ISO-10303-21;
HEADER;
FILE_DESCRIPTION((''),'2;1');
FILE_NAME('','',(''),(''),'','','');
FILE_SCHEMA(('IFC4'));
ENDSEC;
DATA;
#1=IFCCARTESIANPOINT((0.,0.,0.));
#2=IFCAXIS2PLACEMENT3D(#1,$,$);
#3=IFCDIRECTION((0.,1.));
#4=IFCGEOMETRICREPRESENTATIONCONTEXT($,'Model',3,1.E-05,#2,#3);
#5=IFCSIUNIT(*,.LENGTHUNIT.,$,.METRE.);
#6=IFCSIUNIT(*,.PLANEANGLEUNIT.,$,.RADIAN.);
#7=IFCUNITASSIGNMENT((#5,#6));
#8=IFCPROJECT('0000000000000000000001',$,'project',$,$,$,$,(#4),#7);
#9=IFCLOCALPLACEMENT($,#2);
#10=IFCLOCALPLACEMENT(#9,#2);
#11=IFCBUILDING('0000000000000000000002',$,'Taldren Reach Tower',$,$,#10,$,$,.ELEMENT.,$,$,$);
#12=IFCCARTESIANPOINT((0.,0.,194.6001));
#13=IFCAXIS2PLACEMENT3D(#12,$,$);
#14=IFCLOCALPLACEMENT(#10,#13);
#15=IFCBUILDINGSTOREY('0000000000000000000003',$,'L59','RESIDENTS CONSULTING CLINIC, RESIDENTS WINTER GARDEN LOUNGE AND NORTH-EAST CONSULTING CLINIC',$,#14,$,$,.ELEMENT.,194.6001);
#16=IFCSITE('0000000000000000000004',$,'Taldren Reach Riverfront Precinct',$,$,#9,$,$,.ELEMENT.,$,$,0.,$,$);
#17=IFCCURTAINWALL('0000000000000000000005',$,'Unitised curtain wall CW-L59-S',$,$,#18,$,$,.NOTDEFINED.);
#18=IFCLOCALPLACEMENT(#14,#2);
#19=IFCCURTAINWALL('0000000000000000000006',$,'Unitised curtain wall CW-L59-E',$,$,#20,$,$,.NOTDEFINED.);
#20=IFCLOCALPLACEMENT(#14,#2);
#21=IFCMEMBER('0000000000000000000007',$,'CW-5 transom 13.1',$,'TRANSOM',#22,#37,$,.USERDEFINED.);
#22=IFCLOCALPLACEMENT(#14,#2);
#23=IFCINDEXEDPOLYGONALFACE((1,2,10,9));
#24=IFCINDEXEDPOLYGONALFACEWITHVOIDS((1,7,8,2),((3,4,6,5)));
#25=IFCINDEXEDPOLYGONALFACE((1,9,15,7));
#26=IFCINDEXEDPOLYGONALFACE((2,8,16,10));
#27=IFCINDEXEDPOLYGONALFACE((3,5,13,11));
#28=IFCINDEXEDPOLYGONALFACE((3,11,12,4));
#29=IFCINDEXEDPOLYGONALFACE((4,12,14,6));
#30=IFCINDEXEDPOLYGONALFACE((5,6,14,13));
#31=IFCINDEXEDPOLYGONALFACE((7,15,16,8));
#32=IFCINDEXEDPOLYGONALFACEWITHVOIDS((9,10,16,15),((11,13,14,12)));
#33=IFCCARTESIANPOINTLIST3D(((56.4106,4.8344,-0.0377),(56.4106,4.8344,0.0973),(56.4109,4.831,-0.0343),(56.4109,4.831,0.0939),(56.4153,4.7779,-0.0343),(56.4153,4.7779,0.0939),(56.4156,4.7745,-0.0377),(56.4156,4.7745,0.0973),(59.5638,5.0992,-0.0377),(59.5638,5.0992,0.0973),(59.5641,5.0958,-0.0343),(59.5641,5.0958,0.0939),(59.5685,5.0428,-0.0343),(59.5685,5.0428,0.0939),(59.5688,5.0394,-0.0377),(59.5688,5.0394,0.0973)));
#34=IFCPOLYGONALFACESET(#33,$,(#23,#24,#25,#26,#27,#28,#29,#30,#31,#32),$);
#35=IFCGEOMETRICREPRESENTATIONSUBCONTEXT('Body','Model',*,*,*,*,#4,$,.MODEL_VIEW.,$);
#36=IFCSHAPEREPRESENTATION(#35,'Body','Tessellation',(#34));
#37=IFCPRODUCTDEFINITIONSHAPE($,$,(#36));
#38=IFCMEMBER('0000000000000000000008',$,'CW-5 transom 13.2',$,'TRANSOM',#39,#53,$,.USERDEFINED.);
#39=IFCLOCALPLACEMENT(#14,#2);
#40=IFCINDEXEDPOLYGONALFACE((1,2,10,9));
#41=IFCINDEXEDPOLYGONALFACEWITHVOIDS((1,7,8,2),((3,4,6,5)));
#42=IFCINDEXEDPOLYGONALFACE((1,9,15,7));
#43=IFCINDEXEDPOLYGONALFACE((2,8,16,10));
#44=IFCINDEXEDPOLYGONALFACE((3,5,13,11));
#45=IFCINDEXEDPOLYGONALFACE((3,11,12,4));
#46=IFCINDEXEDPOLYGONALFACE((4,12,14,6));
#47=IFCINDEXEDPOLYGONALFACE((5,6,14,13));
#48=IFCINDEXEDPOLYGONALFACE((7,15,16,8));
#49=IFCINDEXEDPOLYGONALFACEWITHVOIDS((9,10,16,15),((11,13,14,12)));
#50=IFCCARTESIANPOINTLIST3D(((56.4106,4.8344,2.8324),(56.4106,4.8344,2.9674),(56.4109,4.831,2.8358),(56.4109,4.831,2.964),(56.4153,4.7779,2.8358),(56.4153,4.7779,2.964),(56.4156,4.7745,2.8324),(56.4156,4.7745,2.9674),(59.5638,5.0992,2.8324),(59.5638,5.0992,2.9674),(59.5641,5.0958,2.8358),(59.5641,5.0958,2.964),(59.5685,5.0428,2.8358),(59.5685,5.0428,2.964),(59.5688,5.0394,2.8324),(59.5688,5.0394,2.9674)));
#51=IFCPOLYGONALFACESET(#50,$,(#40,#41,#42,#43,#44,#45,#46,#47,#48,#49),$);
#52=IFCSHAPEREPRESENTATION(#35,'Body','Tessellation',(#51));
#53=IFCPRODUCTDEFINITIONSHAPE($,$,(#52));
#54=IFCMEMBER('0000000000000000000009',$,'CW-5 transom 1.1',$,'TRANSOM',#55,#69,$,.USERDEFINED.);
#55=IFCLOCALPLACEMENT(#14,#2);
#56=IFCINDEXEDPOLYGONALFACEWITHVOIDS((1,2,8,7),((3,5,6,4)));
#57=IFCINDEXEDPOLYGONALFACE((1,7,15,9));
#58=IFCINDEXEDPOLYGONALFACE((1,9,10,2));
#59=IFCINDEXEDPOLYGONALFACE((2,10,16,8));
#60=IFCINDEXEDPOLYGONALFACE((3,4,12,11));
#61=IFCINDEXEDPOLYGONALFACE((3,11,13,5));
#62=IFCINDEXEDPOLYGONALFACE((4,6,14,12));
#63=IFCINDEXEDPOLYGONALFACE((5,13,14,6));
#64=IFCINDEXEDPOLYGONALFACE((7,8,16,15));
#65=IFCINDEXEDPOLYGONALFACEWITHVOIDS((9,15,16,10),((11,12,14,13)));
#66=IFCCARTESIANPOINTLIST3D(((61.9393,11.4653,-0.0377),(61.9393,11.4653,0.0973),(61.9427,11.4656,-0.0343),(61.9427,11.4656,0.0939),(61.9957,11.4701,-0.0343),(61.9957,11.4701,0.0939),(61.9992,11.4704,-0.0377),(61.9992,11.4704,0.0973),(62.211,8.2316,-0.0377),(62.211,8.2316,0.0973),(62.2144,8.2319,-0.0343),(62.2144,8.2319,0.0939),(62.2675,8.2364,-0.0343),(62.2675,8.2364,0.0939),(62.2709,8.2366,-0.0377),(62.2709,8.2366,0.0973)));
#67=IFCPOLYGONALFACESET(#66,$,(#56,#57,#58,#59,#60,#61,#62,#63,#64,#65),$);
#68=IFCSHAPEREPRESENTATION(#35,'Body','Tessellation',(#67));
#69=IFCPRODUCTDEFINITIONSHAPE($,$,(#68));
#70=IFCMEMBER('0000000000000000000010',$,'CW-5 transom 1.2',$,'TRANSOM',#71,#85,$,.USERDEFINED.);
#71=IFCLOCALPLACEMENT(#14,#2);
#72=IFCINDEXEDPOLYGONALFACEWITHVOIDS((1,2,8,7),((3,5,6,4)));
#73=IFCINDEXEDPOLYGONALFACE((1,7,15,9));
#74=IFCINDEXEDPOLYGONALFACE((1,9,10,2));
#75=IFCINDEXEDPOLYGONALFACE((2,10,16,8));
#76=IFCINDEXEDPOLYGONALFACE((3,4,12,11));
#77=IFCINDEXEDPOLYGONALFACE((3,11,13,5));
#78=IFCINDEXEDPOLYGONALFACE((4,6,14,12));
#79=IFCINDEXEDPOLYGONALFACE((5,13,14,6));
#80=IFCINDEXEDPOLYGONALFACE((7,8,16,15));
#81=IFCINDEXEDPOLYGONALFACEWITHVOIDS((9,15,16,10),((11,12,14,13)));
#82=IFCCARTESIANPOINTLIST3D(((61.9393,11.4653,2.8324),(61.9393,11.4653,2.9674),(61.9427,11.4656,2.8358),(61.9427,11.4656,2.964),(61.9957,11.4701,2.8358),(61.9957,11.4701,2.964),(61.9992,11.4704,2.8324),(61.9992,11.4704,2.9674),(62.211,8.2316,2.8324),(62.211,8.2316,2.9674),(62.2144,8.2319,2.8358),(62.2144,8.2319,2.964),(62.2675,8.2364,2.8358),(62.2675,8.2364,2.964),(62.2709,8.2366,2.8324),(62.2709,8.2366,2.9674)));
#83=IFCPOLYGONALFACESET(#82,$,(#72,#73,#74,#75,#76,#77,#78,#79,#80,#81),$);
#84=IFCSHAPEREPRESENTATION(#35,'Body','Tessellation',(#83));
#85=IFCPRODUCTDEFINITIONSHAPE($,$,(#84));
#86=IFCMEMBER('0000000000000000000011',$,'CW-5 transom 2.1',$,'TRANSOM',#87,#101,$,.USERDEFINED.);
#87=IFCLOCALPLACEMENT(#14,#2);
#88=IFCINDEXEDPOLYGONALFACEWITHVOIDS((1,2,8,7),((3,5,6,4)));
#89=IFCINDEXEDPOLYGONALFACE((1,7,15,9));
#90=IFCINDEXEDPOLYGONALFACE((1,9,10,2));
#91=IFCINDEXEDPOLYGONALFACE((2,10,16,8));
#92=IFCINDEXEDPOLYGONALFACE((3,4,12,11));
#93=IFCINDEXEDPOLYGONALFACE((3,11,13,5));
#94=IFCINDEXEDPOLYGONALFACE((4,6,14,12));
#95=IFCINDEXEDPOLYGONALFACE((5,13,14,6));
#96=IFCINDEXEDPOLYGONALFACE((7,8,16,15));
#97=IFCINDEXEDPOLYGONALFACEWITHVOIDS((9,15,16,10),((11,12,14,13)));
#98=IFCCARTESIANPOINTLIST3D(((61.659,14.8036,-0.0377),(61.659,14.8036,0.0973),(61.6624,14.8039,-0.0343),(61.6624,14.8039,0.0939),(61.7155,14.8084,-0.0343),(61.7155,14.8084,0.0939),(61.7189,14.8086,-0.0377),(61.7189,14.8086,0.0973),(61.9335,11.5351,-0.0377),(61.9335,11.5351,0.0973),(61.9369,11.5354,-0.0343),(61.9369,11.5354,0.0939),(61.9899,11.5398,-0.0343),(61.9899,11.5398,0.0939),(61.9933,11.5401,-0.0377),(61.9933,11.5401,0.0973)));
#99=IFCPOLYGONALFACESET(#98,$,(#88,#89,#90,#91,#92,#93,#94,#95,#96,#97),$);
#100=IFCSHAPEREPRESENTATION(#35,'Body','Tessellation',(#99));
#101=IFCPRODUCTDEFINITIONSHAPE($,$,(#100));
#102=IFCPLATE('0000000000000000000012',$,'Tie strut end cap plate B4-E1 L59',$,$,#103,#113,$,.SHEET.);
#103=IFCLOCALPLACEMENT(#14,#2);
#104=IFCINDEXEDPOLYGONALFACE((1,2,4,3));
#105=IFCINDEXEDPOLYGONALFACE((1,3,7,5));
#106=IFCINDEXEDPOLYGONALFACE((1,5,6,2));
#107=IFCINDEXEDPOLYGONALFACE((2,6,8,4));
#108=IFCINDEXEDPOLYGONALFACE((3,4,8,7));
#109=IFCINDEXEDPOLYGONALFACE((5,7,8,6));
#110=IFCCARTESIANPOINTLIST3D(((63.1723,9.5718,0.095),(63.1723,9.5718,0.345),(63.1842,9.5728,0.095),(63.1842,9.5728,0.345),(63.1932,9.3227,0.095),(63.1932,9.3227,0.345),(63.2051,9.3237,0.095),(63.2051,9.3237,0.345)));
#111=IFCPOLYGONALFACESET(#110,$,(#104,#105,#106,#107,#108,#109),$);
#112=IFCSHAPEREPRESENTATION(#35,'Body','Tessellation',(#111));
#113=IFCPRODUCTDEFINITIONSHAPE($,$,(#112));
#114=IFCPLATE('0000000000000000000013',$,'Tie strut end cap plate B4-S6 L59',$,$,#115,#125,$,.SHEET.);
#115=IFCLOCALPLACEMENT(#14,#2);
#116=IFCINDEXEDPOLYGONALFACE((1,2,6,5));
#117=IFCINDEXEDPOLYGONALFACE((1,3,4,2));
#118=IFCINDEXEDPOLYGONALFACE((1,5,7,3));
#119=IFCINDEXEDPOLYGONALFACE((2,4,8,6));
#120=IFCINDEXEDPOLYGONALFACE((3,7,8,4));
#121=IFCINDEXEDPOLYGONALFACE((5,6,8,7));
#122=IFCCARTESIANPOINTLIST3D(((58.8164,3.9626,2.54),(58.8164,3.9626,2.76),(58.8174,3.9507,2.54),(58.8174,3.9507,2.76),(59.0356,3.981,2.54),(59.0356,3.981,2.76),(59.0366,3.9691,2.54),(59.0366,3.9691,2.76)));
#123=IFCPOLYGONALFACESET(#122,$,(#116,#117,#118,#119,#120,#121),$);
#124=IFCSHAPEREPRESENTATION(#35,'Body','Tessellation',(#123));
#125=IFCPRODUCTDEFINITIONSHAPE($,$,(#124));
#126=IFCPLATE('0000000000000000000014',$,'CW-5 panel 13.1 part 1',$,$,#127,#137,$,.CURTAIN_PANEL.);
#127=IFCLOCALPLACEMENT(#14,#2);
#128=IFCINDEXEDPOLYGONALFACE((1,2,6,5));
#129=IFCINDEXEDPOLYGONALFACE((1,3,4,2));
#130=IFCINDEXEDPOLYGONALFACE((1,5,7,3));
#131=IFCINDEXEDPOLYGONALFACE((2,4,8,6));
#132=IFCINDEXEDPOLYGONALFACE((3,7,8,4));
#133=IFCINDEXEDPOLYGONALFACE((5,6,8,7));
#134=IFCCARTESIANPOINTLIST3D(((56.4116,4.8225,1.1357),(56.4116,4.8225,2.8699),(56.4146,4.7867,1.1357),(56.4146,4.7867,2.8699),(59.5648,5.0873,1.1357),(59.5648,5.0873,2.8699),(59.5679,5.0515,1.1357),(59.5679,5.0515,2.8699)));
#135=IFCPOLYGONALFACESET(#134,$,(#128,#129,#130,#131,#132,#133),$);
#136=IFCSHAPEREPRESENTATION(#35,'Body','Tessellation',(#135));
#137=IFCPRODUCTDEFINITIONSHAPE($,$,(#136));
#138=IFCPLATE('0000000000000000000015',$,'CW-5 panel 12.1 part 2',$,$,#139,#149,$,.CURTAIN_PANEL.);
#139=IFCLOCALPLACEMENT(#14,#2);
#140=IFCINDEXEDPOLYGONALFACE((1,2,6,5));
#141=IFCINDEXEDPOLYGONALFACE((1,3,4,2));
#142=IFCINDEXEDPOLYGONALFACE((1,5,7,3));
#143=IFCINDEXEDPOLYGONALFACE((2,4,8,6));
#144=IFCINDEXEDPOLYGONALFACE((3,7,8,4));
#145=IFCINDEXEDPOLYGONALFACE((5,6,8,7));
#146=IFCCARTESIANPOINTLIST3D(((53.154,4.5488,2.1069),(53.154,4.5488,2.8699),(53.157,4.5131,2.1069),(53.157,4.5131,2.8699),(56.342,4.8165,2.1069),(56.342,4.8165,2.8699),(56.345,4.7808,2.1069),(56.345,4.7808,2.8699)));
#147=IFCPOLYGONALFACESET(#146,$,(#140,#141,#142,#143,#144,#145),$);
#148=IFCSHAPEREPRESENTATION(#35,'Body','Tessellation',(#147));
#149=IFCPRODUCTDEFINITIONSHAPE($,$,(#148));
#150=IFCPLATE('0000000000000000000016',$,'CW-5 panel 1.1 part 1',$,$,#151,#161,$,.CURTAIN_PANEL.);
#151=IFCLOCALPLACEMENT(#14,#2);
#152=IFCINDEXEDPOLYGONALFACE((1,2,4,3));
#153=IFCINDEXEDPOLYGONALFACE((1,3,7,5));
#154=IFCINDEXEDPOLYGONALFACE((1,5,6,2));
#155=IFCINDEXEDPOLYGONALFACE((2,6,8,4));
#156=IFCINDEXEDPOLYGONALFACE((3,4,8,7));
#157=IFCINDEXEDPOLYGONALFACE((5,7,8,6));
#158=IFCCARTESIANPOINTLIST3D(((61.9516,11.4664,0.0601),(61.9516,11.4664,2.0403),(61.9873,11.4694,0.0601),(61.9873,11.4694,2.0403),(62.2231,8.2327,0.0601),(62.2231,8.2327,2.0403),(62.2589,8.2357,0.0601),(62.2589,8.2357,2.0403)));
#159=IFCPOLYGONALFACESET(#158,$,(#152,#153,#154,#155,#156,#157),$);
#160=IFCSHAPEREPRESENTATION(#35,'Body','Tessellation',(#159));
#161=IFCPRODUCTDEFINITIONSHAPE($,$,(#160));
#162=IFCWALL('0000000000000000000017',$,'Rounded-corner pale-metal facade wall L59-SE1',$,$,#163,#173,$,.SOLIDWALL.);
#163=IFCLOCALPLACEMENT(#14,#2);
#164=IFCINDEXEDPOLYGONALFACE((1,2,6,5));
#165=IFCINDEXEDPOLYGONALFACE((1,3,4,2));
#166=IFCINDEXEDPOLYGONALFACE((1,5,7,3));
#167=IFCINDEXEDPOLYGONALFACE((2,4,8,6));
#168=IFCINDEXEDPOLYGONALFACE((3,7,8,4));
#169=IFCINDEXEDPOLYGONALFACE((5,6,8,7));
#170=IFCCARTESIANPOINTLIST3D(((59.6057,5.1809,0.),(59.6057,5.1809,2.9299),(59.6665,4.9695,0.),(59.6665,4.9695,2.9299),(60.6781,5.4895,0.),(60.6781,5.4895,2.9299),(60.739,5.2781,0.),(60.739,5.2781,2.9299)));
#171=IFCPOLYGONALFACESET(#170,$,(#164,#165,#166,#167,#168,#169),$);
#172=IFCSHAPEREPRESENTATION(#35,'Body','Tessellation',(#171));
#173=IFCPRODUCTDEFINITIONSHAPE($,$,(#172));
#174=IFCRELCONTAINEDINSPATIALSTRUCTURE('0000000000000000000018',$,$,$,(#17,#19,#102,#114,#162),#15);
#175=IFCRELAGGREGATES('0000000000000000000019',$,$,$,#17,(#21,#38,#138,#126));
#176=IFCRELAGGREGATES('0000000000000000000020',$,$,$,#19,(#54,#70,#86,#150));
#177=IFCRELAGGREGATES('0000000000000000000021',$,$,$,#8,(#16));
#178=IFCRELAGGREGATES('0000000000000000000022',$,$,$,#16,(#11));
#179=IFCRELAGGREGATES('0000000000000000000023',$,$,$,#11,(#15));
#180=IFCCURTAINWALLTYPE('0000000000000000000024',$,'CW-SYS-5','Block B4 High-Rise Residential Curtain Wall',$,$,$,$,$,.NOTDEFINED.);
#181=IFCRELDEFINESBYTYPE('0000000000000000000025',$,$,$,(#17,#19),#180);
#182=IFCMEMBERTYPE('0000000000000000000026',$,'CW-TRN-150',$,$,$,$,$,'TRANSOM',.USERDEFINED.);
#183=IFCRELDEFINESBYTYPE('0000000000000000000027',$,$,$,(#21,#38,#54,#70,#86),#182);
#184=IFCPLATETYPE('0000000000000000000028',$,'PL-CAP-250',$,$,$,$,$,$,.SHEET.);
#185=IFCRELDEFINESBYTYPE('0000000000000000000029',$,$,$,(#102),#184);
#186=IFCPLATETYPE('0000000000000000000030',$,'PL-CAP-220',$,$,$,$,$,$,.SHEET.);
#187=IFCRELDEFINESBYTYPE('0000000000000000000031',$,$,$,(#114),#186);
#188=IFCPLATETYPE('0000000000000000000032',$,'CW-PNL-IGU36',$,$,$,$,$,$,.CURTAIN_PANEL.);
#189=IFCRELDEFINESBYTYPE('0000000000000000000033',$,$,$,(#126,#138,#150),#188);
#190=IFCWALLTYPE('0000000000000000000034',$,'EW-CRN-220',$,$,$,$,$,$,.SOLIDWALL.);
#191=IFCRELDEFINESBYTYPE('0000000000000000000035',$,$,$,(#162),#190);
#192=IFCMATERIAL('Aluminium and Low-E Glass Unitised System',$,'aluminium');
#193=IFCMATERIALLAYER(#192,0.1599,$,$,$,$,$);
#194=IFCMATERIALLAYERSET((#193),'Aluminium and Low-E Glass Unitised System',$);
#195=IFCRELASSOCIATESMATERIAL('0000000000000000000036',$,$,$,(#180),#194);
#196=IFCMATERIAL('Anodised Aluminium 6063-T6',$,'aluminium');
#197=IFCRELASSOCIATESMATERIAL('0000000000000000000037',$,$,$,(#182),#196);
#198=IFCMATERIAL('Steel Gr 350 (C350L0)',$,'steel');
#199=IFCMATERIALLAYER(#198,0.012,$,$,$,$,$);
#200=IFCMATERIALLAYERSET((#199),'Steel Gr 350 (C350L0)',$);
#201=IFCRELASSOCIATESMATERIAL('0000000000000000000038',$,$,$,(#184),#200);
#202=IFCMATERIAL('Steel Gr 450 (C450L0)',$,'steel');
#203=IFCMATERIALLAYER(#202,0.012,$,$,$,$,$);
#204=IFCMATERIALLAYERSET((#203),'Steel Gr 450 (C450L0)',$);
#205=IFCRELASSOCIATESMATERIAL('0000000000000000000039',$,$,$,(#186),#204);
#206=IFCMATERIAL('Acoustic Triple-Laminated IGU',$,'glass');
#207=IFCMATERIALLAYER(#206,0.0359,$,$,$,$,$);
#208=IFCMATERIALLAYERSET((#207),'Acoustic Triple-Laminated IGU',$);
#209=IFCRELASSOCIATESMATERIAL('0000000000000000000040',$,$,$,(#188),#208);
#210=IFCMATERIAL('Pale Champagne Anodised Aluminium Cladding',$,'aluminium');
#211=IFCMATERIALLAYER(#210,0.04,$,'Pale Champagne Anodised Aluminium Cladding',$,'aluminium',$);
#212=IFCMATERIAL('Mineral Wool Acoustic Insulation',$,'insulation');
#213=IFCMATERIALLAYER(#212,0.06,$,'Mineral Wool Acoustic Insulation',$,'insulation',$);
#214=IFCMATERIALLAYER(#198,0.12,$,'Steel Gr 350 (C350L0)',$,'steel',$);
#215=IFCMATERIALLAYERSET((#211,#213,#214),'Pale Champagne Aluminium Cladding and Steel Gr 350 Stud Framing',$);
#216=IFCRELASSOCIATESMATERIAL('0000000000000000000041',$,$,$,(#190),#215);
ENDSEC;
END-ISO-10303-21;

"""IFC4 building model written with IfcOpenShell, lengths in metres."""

from ifc_helpers import new_model, si_unit, direction, frame, frame_2d, origin, origin_2d, place, context, subcontext, project, spatial, rectangle, hollow_rectangle, extrude, source, transform, mapped, material, layer, layer_set, material_profile, profile_set, type_object, element, aggregate, save


model = new_model("IFC4")

# Units and contexts
model_context = context("Model", 3, precision=1e-05, world=origin(), true_north=direction((0.0, 1.0)))
body_context = subcontext(model_context, "Body", "Model", "MODEL_VIEW")
ifc_project = project(units=[si_unit("LENGTHUNIT", "METRE"), si_unit("PLANEANGLEUNIT", "RADIAN")], contexts=[model_context])

# Site, building, storey
site_placement = place(None, origin())
site = spatial("IfcSite", under=ifc_project, at=site_placement, Name="Taldren Reach Riverfront Precinct", CompositionType="ELEMENT", RefElevation=0.0)
building_placement = place(site_placement, origin())
building = spatial("IfcBuilding", under=site, at=building_placement, Name="Taldren Reach Tower", CompositionType="ELEMENT")
storey_placement = place(building_placement, frame((0.0, 0.0, 194.6001)))
storey = spatial("IfcBuildingStorey", under=building, at=storey_placement, Name="L59", Description="RESIDENTS CONSULTING CLINIC, RESIDENTS WINTER GARDEN LOUNGE AND NORTH-EAST CONSULTING CLINIC", CompositionType="ELEMENT", Elevation=194.6001)

# Shared definitions
ifc_material_1 = material(Name="Steel Gr 350 (C350L0)", Category="steel")

# Shared definitions
ifc_material_2 = material(Name="Steel Gr 450 (C450L0)", Category="steel")

# Curtain walls
ifc_material_3 = material(Name="Aluminium and Low-E Glass Unitised System", Category="aluminium")
ifc_layer_1 = layer(ifc_material_3, 0.1599)
ifc_layer_set_1 = layer_set([ifc_layer_1], Name="Aluminium and Low-E Glass Unitised System")
curtain_wall_type = type_object("IfcCurtainWallType", Name="CW-SYS-5", Description="Block B4 High-Rise Residential Curtain Wall", PredefinedType="NOTDEFINED", material=ifc_layer_set_1)
curtain_wall_1_placement = place(storey_placement, origin())
curtain_wall_1 = element("IfcCurtainWall", 1, at=curtain_wall_1_placement, inside=storey, type_object=curtain_wall_type, Name="Unitised curtain wall CW-L59-S", PredefinedType="NOTDEFINED")
ifc_material_4 = material(Name="Anodised Aluminium 6063-T6", Category="aluminium")
curtain_wall_2_placement = place(storey_placement, origin())
curtain_wall_2 = element("IfcCurtainWall", 2, at=curtain_wall_2_placement, inside=storey, type_object=curtain_wall_type, Name="Unitised curtain wall CW-L59-E", PredefinedType="NOTDEFINED")

# Members
ifc_material_profile_1 = material_profile(ifc_material_4, hollow_rectangle(XDim=0.0601, YDim=0.135, WallThickness=0.0034, at=origin_2d()), Name="ALU-135x60x3.5RHS")
ifc_profile_set_1 = profile_set([ifc_material_profile_1], Name="Anodised Aluminium 6063-T6")
member_type_1 = type_object("IfcMemberType", Name="CW-TRN-150", ElementType="TRANSOM", PredefinedType="USERDEFINED", material=ifc_profile_set_1)
shared_shape_1 = source(origin(), body_context, "Body", "SweptSolid", [
    extrude(hollow_rectangle(XDim=0.0601, YDim=0.135, WallThickness=0.0034, at=origin_2d()), origin(), (0.0, 0.0, 1.0), 3.1643),
])
member_1_placement = place(storey_placement, frame((56.4131, 4.8044, 0.0298), z_axis=(0.99649, 0.083709, 0.0), x_axis=(-0.083709, 0.99649, 0.0)))
member_1 = element("IfcMember", 3, at=member_1_placement, type_object=member_type_1, Name="CW-5 transom 13.1", ObjectType="TRANSOM", PredefinedType="USERDEFINED", context=body_context, shape_type="MappedRepresentation", body=[
    mapped(shared_shape_1, transform((0.0, 0.0, 0.0), scale=1.0)),
])
member_2_placement = place(storey_placement, frame((56.4131, 4.8044, 2.8999), z_axis=(0.99649, 0.083709, 0.0), x_axis=(-0.083709, 0.99649, 0.0)))
member_2 = element("IfcMember", 4, at=member_2_placement, type_object=member_type_1, Name="CW-5 transom 13.2", ObjectType="TRANSOM", PredefinedType="USERDEFINED", context=body_context, shape_type="MappedRepresentation", body=[
    mapped(shared_shape_1, transform((0.0, 0.0, 0.0), scale=1.0)),
])
shared_shape_2 = source(origin(), body_context, "Body", "SweptSolid", [
    extrude(hollow_rectangle(XDim=0.0601, YDim=0.135, WallThickness=0.0034, at=origin_2d()), origin(), (0.0, 0.0, 1.0), 3.2451),
])
member_3_placement = place(storey_placement, frame((62.241, 8.2341, 0.0298), z_axis=(-0.083737, 0.996488, 0.0), x_axis=(-0.996488, -0.083737, 0.0)))
member_3 = element("IfcMember", 5, at=member_3_placement, type_object=member_type_1, Name="CW-5 transom 1.1", ObjectType="TRANSOM", PredefinedType="USERDEFINED", context=body_context, shape_type="MappedRepresentation", body=[
    mapped(shared_shape_2, transform((0.0, 0.0, 0.0), scale=1.0)),
])
member_4_placement = place(storey_placement, frame((62.241, 8.2341, 2.8999), z_axis=(-0.083737, 0.996488, 0.0), x_axis=(-0.996488, -0.083737, 0.0)))
member_4 = element("IfcMember", 6, at=member_4_placement, type_object=member_type_1, Name="CW-5 transom 1.2", ObjectType="TRANSOM", PredefinedType="USERDEFINED", context=body_context, shape_type="MappedRepresentation", body=[
    mapped(shared_shape_2, transform((0.0, 0.0, 0.0), scale=1.0)),
])
shared_shape_3 = source(origin(), body_context, "Body", "SweptSolid", [
    extrude(hollow_rectangle(XDim=0.0601, YDim=0.135, WallThickness=0.0034, at=origin_2d()), origin(), (0.0, 0.0, 1.0), 3.28),
])
member_5_placement = place(storey_placement, frame((61.9634, 11.5376, 0.0298), z_axis=(-0.083661, 0.996494, 0.0), x_axis=(-0.996494, -0.083661, 0.0)))
member_5 = element("IfcMember", 7, at=member_5_placement, type_object=member_type_1, Name="CW-5 transom 2.1", ObjectType="TRANSOM", PredefinedType="USERDEFINED", context=body_context, shape_type="MappedRepresentation", body=[
    mapped(shared_shape_3, transform((0.0, 0.0, 0.0), scale=1.0)),
])

# Plates
ifc_layer_2 = layer(ifc_material_1, 0.012)
ifc_layer_set_2 = layer_set([ifc_layer_2], Name="Steel Gr 350 (C350L0)")
plate_type_1 = type_object("IfcPlateType", Name="PL-CAP-250", PredefinedType="SHEET", material=ifc_layer_set_2)
shared_shape_4 = source(origin(), body_context, "Body", "SweptSolid", [
    extrude(rectangle(XDim=0.012, YDim=0.25, at=origin_2d()), origin(), (0.0, 0.0, 1.0), 0.25),
])
plate_1_placement = place(storey_placement, frame((63.1887, 9.4478, 0.095), z_axis=(0.0, 0.0, 1.0), x_axis=(0.996493, 0.083678, 0.0)))
element("IfcPlate", 8, at=plate_1_placement, inside=storey, type_object=plate_type_1, Name="Tie strut end cap plate B4-E1 L59", PredefinedType="SHEET", context=body_context, shape_type="MappedRepresentation", body=[
    mapped(shared_shape_4, transform((0.0, 0.0, 0.0), scale=1.0)),
])
ifc_layer_3 = layer(ifc_material_2, 0.012)
ifc_layer_set_3 = layer_set([ifc_layer_3], Name="Steel Gr 450 (C450L0)")
plate_type_2 = type_object("IfcPlateType", Name="PL-CAP-220", PredefinedType="SHEET", material=ifc_layer_set_3)
shared_shape_5 = source(origin(), body_context, "Body", "SweptSolid", [
    extrude(rectangle(XDim=0.22, YDim=0.012, at=origin_2d()), origin(), (0.0, 0.0, 1.0), 0.22),
])
plate_2_placement = place(storey_placement, frame((58.9265, 3.9658, 2.54), z_axis=(0.0, 0.0, 1.0), x_axis=(0.996493, 0.083678, 0.0)))
element("IfcPlate", 9, at=plate_2_placement, inside=storey, type_object=plate_type_2, Name="Tie strut end cap plate B4-S6 L59", PredefinedType="SHEET", context=body_context, shape_type="MappedRepresentation", body=[
    mapped(shared_shape_5, transform((0.0, 0.0, 0.0), scale=1.0)),
])

# Plates
ifc_material_5 = material(Name="Acoustic Triple-Laminated IGU", Category="glass")
ifc_layer_4 = layer(ifc_material_5, 0.0359)
ifc_layer_set_4 = layer_set([ifc_layer_4], Name="Acoustic Triple-Laminated IGU")
plate_type_3 = type_object("IfcPlateType", Name="CW-PNL-IGU36", PredefinedType="CURTAIN_PANEL", material=ifc_layer_set_4)
shared_shape_6 = source(origin(), body_context, "Body", "SweptSolid", [
    extrude(rectangle(XDim=3.1643, YDim=0.0359, at=origin_2d()), origin(), (0.0, 0.0, 1.0), 1.7341),
])
plate_3_placement = place(storey_placement, frame((57.9897, 4.937, 1.1357), z_axis=(0.0, 0.0, 1.0), x_axis=(0.996493, 0.083678, 0.0)))
plate_3 = element("IfcPlate", 10, at=plate_3_placement, type_object=plate_type_3, Name="CW-5 panel 13.1 part 1", PredefinedType="CURTAIN_PANEL", context=body_context, shape_type="MappedRepresentation", body=[
    mapped(shared_shape_6, transform((0.0, 0.0, 0.0), scale=1.0)),
])
shared_shape_7 = source(origin(), body_context, "Body", "SweptSolid", [
    extrude(rectangle(XDim=3.1992, YDim=0.0359, at=origin_2d()), origin(), (0.0, 0.0, 1.0), 0.7629),
])
plate_4_placement = place(storey_placement, frame((54.7495, 4.6648, 2.1069), z_axis=(0.0, 0.0, 1.0), x_axis=(0.996493, 0.083678, 0.0)))
plate_4 = element("IfcPlate", 11, at=plate_4_placement, type_object=plate_type_3, Name="CW-5 panel 12.1 part 2", PredefinedType="CURTAIN_PANEL", context=body_context, shape_type="MappedRepresentation", body=[
    mapped(shared_shape_7, transform((0.0, 0.0, 0.0), scale=1.0)),
])
aggregate(curtain_wall_1, [member_1, member_2, plate_4, plate_3])
shared_shape_8 = source(origin(), body_context, "Body", "SweptSolid", [
    extrude(rectangle(XDim=3.2451, YDim=0.0359, at=origin_2d()), origin(), (0.0, 0.0, 1.0), 1.9802),
])
plate_5_placement = place(storey_placement, frame((62.1052, 9.8511, 0.0601), z_axis=(0.0, 0.0, 1.0), x_axis=(-0.083678, 0.996493, 0.0)))
plate_5 = element("IfcPlate", 12, at=plate_5_placement, type_object=plate_type_3, Name="CW-5 panel 1.1 part 1", PredefinedType="CURTAIN_PANEL", context=body_context, shape_type="MappedRepresentation", body=[
    mapped(shared_shape_8, transform((0.0, 0.0, 0.0), scale=1.0)),
])
aggregate(curtain_wall_2, [member_3, member_4, member_5, plate_5])

# Wall
ifc_material_6 = material(Name="Pale Champagne Anodised Aluminium Cladding", Category="aluminium")
ifc_layer_5 = layer(ifc_material_6, 0.04, Name="Pale Champagne Anodised Aluminium Cladding", Category="aluminium")
ifc_material_7 = material(Name="Mineral Wool Acoustic Insulation", Category="insulation")
ifc_layer_6 = layer(ifc_material_7, 0.06, Name="Mineral Wool Acoustic Insulation", Category="insulation")
ifc_layer_7 = layer(ifc_material_1, 0.12, Name="Steel Gr 350 (C350L0)", Category="steel")
ifc_layer_set_5 = layer_set([ifc_layer_5, ifc_layer_6, ifc_layer_7], Name="Pale Champagne Aluminium Cladding and Steel Gr 350 Stud Framing")
wall_type = type_object("IfcWallType", Name="EW-CRN-220", PredefinedType="SOLIDWALL", material=ifc_layer_set_5)
shared_shape_9 = source(origin(), body_context, "Body", "SweptSolid", [
    extrude(rectangle(XDim=1.116, YDim=0.22, at=frame_2d((0.5581, 0.0))), origin(), (0.0, 0.0, 1.0), 2.9299),
])
for number, where, z_axis, x_axis, name in (
    (13, (59.636, 5.0752, 0.0), (0.0, 0.0, 1.0), (0.96101, 0.276512, 0.0), "Rounded-corner pale-metal facade wall L59-SE1"),
):
    element("IfcWall", number, at=place(storey_placement, frame(where, z_axis=z_axis, x_axis=x_axis)), inside=storey, type_object=wall_type, Name=name, PredefinedType="SOLIDWALL", context=body_context, shape_type="MappedRepresentation", body=[
        mapped(shared_shape_9, transform((0.0, 0.0, 0.0), scale=1.0)),
    ])

save(model, "model.ifc")
